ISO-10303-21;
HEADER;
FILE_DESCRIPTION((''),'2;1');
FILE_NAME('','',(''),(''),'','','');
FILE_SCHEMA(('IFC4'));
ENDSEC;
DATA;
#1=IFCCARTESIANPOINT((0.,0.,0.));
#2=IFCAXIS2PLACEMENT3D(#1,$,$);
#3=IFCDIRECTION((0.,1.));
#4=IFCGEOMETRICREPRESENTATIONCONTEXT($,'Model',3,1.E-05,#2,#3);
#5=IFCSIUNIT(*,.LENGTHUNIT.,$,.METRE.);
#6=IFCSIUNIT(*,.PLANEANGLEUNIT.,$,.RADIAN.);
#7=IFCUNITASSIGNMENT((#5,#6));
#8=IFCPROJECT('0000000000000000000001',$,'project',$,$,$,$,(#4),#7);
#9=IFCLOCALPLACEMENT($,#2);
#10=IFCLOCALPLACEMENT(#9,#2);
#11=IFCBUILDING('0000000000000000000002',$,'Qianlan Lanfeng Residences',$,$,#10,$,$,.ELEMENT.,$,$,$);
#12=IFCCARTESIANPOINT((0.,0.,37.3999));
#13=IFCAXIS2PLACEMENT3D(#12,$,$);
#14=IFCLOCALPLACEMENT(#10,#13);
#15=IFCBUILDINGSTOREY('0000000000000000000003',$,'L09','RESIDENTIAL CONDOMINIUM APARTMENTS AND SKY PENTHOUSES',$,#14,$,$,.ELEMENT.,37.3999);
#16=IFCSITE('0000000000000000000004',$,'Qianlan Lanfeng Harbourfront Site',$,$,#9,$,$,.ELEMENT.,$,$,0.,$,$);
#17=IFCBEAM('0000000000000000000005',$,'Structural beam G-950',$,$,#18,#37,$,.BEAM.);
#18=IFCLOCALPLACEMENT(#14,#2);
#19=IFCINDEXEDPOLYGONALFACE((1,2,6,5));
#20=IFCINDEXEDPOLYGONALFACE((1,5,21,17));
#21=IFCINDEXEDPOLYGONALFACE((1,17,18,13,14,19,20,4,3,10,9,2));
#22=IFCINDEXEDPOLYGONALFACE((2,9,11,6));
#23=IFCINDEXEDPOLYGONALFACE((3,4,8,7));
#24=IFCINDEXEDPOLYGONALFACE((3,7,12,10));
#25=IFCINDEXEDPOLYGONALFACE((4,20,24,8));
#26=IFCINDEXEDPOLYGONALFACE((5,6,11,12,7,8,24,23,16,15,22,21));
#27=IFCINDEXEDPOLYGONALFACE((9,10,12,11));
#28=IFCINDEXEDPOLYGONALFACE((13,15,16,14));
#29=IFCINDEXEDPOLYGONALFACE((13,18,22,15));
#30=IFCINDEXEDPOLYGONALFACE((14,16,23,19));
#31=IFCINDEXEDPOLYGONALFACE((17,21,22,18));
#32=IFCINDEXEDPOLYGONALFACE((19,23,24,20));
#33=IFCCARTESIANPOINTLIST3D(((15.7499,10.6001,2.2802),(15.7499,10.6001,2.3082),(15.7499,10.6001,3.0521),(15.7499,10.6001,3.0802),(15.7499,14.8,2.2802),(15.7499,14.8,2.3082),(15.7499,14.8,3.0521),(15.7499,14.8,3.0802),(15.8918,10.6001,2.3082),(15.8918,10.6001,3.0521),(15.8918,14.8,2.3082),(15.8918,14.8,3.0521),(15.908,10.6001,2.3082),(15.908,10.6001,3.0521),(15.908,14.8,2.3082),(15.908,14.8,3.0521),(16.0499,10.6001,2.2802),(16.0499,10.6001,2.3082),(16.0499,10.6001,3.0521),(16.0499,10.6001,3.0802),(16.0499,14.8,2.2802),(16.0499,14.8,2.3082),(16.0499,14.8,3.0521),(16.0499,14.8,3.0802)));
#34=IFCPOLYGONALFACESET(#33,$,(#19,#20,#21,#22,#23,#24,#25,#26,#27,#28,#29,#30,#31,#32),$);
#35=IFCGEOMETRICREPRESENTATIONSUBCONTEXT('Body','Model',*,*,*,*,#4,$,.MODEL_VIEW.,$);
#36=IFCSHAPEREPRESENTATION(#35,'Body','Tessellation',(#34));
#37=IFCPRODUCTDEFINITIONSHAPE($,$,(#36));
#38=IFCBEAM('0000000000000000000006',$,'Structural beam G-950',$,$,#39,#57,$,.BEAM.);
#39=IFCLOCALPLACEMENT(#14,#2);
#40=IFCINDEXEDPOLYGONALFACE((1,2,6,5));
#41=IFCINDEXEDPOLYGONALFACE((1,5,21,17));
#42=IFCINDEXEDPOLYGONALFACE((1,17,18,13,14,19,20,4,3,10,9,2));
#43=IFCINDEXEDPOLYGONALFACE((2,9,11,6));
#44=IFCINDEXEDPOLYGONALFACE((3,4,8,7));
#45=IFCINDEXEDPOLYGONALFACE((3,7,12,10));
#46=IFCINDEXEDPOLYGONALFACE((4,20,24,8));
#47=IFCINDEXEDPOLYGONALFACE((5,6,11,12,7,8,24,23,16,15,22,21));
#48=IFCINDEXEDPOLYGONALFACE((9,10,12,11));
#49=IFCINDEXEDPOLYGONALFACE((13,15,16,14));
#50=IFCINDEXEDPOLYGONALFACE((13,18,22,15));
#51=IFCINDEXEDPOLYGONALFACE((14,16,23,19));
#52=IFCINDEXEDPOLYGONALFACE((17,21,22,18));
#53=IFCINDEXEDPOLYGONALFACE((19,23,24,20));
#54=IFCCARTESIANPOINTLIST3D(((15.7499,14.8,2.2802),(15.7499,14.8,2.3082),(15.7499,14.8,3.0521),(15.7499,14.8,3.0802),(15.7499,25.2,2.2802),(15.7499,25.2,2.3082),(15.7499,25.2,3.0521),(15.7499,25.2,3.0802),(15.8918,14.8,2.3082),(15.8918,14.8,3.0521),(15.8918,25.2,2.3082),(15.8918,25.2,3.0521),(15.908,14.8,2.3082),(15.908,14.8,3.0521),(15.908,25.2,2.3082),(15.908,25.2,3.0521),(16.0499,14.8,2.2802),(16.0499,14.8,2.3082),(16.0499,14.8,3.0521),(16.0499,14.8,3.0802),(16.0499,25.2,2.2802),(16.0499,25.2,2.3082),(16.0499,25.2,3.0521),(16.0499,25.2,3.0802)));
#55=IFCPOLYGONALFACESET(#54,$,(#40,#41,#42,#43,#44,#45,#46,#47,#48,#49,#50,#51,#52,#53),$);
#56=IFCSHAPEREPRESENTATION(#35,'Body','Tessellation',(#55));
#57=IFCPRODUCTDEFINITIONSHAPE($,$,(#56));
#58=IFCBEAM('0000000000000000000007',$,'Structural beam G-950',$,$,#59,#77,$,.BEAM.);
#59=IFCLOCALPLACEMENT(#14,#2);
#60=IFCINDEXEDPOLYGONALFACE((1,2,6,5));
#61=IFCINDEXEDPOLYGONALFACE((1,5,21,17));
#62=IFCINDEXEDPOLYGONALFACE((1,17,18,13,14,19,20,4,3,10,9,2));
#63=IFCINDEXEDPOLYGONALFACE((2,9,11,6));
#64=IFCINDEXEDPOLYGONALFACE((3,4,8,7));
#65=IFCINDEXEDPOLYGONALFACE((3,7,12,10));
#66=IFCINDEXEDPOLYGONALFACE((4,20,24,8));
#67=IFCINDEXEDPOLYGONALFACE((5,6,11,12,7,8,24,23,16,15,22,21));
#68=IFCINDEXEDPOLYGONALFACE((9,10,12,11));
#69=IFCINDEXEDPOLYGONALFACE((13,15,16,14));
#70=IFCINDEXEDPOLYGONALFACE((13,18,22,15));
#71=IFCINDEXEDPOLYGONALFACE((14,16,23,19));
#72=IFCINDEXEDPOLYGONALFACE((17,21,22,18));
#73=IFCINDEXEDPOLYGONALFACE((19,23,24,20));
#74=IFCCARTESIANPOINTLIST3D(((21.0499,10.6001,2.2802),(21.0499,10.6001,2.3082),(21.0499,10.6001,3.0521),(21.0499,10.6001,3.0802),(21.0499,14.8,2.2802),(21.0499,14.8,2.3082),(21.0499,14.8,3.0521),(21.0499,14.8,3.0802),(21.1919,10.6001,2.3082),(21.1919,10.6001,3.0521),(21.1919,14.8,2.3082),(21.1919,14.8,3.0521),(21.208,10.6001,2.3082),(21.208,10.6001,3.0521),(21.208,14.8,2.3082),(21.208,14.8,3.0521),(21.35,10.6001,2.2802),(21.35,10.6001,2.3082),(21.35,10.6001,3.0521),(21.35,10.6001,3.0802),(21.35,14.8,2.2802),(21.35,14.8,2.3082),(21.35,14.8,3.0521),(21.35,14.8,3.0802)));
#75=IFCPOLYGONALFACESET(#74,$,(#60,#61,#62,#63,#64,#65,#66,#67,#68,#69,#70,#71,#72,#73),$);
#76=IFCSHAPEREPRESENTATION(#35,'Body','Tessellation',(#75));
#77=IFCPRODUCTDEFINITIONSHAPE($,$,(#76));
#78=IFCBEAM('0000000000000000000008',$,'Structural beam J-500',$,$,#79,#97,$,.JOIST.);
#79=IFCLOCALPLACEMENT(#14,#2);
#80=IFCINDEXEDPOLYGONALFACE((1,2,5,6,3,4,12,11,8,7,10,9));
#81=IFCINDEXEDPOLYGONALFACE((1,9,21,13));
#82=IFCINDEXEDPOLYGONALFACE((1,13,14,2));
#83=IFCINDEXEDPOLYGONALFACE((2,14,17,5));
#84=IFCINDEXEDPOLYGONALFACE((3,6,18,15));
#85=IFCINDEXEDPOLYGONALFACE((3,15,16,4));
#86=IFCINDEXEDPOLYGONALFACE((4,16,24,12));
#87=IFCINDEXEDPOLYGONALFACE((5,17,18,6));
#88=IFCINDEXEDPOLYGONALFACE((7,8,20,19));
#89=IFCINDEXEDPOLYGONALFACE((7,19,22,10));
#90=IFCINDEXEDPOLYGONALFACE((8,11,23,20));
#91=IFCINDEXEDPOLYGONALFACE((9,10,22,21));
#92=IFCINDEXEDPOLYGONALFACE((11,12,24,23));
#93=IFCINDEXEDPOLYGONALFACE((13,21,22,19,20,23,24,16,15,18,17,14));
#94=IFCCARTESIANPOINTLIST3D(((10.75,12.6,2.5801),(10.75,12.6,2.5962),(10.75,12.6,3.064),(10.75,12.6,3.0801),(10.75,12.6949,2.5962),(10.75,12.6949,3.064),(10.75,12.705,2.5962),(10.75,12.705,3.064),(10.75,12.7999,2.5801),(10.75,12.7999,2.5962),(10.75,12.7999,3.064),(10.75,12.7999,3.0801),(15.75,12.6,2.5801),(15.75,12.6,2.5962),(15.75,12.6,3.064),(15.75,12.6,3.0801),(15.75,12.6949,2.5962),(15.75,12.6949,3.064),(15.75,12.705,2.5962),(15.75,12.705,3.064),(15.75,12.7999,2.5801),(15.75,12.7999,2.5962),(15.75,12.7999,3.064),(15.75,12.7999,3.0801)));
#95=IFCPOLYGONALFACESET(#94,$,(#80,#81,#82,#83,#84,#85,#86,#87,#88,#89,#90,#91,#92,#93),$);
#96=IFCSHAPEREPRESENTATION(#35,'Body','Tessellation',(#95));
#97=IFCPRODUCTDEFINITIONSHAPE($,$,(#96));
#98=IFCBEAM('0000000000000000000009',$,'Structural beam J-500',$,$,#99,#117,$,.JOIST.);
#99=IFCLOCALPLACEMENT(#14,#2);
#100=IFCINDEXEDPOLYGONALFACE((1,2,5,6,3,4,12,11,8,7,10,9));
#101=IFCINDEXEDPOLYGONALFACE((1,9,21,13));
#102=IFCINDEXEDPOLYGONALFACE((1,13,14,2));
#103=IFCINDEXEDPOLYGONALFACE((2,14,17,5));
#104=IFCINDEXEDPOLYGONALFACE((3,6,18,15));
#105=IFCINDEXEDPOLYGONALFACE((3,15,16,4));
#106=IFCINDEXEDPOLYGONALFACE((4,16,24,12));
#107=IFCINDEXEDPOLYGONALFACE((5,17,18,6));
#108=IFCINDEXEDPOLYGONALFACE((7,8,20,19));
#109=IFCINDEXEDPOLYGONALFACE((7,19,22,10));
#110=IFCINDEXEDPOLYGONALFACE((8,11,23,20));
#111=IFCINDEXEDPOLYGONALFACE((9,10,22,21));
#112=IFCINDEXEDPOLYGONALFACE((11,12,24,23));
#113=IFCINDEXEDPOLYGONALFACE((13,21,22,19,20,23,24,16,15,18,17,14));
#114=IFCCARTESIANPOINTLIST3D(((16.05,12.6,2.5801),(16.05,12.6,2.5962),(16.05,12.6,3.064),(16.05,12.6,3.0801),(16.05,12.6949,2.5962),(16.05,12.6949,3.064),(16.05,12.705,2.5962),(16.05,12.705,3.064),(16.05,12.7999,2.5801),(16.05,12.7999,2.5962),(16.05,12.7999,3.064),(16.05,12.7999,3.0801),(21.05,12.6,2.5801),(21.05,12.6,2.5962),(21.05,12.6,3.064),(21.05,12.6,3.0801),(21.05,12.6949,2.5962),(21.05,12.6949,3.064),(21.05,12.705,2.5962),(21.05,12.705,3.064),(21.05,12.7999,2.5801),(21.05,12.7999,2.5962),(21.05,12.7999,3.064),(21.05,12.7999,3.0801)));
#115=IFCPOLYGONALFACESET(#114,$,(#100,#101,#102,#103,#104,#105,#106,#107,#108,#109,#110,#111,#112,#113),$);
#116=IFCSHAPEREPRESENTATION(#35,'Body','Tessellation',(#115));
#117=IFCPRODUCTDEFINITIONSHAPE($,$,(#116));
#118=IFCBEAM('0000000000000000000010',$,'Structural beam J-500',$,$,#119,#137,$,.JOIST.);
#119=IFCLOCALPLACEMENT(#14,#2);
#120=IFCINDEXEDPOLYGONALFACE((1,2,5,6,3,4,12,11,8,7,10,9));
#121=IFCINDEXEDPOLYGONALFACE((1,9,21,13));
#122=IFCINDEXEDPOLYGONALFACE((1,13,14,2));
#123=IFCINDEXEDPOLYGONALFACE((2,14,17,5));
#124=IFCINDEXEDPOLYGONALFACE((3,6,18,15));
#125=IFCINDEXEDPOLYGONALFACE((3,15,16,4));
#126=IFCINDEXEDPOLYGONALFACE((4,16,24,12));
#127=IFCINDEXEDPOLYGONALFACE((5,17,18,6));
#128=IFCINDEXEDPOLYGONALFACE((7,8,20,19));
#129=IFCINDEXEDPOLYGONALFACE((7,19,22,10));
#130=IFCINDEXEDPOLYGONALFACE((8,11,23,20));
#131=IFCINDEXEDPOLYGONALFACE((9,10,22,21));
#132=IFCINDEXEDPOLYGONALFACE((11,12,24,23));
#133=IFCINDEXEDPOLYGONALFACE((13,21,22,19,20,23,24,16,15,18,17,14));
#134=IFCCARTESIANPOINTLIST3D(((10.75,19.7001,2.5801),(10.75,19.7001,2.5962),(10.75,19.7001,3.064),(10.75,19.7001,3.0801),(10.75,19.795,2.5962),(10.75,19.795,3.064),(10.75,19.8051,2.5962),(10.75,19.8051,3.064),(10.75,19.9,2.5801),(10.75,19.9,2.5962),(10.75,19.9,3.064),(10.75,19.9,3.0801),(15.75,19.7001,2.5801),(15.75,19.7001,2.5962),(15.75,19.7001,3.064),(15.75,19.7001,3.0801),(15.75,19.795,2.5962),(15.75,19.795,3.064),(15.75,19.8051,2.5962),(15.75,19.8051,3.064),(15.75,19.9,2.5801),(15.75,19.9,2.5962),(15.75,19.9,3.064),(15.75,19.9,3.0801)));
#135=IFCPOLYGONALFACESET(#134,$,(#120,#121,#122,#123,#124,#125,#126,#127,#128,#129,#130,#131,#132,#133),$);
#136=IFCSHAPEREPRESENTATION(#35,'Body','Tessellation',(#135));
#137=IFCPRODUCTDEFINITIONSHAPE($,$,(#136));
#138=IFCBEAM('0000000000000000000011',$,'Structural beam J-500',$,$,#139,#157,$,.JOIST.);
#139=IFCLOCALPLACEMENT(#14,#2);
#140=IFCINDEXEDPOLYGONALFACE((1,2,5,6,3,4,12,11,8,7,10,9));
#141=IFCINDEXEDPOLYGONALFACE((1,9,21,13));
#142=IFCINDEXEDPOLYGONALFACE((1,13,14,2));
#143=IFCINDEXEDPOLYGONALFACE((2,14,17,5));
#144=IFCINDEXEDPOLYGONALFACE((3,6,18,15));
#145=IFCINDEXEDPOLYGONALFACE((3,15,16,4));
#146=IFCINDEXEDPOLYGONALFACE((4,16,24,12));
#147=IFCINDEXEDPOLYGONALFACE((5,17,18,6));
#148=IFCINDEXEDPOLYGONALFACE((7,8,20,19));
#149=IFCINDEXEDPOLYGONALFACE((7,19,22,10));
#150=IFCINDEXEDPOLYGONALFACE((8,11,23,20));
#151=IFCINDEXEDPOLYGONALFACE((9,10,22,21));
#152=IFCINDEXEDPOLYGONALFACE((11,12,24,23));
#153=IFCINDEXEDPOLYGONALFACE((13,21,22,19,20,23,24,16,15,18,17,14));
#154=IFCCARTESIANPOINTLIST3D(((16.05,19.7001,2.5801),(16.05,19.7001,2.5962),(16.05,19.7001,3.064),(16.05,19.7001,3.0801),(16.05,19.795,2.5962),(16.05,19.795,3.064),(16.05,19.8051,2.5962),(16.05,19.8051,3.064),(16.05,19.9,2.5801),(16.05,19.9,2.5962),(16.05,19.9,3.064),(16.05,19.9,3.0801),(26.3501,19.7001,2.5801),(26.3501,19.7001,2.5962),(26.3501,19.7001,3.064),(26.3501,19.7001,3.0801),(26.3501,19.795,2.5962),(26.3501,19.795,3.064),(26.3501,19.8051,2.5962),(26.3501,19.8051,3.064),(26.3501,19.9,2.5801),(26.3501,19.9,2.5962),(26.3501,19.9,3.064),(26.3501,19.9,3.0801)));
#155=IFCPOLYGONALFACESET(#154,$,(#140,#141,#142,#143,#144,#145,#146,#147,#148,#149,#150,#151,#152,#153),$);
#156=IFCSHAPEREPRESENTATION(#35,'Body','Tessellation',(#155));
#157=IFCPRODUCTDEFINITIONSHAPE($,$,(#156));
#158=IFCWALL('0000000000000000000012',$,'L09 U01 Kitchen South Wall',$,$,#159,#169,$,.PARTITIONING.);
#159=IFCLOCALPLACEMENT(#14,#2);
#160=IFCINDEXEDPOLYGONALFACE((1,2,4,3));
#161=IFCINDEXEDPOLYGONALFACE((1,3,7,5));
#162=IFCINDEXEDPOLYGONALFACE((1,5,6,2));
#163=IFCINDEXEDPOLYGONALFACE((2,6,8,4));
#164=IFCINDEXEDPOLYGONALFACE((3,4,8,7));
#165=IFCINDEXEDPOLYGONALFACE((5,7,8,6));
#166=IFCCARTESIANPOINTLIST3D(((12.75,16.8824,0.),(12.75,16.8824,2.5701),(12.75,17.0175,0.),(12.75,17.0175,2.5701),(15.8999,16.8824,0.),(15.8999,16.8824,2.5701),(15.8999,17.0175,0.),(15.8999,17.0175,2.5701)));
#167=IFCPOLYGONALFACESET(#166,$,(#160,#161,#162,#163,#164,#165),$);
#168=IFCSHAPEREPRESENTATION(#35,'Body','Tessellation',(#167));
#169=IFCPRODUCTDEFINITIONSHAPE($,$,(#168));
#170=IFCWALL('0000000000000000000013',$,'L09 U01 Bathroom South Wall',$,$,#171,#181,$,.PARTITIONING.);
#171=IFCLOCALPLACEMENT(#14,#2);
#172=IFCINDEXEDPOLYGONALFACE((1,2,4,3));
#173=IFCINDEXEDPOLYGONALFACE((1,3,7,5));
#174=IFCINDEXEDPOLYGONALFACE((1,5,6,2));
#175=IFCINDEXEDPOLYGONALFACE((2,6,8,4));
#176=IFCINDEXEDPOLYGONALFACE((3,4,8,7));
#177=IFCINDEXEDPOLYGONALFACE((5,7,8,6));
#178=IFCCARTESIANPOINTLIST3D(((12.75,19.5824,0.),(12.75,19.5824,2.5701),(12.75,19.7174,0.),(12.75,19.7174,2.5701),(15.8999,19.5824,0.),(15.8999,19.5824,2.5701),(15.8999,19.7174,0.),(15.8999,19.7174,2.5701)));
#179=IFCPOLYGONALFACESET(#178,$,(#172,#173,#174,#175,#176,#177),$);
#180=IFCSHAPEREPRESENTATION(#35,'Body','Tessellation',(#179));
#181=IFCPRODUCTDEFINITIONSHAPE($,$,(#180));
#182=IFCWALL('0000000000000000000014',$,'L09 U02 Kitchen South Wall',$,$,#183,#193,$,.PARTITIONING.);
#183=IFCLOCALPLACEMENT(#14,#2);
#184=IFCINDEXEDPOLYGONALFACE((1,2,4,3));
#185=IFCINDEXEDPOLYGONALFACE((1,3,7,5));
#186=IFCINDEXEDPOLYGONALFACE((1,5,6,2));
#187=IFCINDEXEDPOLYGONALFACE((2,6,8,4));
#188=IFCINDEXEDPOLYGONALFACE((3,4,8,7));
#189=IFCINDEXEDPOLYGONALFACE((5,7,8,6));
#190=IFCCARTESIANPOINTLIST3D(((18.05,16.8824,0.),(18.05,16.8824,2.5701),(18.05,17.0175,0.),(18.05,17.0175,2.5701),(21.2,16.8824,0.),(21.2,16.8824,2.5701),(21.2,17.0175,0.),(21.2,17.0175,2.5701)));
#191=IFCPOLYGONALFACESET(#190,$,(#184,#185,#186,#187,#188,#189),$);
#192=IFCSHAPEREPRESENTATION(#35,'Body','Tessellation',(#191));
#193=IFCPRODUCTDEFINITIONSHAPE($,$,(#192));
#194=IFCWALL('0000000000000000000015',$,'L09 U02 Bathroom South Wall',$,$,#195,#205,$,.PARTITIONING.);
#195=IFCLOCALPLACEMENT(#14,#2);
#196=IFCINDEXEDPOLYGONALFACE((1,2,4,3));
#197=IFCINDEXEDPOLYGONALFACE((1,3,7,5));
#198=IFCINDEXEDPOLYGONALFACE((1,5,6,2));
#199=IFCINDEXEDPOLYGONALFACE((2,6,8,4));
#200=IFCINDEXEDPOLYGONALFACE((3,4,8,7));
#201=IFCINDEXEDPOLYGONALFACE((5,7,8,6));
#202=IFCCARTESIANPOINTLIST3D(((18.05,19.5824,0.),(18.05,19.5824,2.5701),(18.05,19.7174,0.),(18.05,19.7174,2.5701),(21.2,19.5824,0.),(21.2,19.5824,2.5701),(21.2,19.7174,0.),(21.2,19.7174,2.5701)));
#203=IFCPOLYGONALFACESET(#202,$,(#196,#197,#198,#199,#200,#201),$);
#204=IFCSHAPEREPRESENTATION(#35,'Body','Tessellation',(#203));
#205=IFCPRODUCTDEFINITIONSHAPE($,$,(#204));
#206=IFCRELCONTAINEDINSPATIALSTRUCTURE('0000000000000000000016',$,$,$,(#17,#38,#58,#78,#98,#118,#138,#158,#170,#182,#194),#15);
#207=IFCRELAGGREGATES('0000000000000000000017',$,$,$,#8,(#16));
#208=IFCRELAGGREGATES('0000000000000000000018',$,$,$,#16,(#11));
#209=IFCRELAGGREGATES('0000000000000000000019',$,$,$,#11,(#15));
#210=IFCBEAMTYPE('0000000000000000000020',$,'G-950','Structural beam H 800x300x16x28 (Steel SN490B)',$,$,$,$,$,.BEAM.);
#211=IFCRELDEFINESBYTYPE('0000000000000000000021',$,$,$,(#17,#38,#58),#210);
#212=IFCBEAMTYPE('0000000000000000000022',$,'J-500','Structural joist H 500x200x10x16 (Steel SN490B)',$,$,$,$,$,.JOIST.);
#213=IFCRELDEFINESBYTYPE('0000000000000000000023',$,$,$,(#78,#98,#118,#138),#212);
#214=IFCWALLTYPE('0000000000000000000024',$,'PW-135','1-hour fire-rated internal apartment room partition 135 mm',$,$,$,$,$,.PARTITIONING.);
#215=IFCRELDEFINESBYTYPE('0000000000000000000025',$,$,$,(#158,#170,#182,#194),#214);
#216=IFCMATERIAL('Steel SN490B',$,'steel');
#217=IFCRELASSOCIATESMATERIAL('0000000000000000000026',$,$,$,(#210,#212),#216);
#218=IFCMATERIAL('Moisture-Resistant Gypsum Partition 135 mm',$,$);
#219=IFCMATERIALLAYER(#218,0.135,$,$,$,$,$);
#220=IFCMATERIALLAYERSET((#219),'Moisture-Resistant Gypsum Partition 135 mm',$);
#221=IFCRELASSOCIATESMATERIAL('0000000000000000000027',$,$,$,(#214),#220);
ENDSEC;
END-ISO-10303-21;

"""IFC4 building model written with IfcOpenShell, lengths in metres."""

from ifc_helpers import new_model, si_unit, direction, frame, frame_2d, origin, origin_2d, place, context, subcontext, project, spatial, rectangle, i_section, extrude, material, layer, layer_set, material_profile, profile_set, type_object, element, save


model = new_model("IFC4")

# Units and contexts
model_context = context("Model", 3, precision=1e-05, world=origin(), true_north=direction((0.0, 1.0)))
body_context = subcontext(model_context, "Body", "Model", "MODEL_VIEW")
ifc_project = project(units=[si_unit("LENGTHUNIT", "METRE"), si_unit("PLANEANGLEUNIT", "RADIAN")], contexts=[model_context])

# Site, building, storey
site_placement = place(None, origin())
site = spatial("IfcSite", under=ifc_project, at=site_placement, Name="Qianlan Lanfeng Harbourfront Site", CompositionType="ELEMENT", RefElevation=0.0)
building_placement = place(site_placement, origin())
building = spatial("IfcBuilding", under=site, at=building_placement, Name="Qianlan Lanfeng Residences", CompositionType="ELEMENT")
storey_placement = place(building_placement, frame((0.0, 0.0, 37.3999)))
storey = spatial("IfcBuildingStorey", under=building, at=storey_placement, Name="L09", Description="RESIDENTIAL CONDOMINIUM APARTMENTS AND SKY PENTHOUSES", CompositionType="ELEMENT", Elevation=37.3999)

# Beams
ifc_material_1 = material(Name="Steel SN490B", Category="steel")
ifc_material_profile_1 = material_profile(ifc_material_1, i_section(OverallWidth=0.3, OverallDepth=0.8, WebThickness=0.0161, FlangeThickness=0.0281, at=origin_2d()), Name="H 800x300x16x28")
ifc_profile_set_1 = profile_set([ifc_material_profile_1], Name="Steel SN490B")
beam_type_1 = type_object("IfcBeamType", Name="G-950", Description="Structural beam H 800x300x16x28 (Steel SN490B)", PredefinedType="BEAM", material=ifc_profile_set_1)
beam_1_placement = place(storey_placement, frame((15.8999, 10.6001, 2.6802), z_axis=(0.0, 1.0, 0.0), x_axis=(-1.0, 0.0, 0.0)))
element("IfcBeam", 1, at=beam_1_placement, inside=storey, type_object=beam_type_1, Name="Structural beam G-950", PredefinedType="BEAM", context=body_context, shape_type="SweptSolid", body=[
    extrude(i_section(OverallWidth=0.3, OverallDepth=0.8, WebThickness=0.0161, FlangeThickness=0.0281, at=origin_2d()), origin(), (0.0, 0.0, 1.0), 4.2),
])
beam_2_placement = place(storey_placement, frame((15.8999, 14.8, 2.6802), z_axis=(0.0, 1.0, 0.0), x_axis=(-1.0, 0.0, 0.0)))
element("IfcBeam", 2, at=beam_2_placement, inside=storey, type_object=beam_type_1, Name="Structural beam G-950", PredefinedType="BEAM", context=body_context, shape_type="SweptSolid", body=[
    extrude(i_section(OverallWidth=0.3, OverallDepth=0.8, WebThickness=0.0161, FlangeThickness=0.0281, at=origin_2d()), origin(), (0.0, 0.0, 1.0), 10.3999),
])
beam_3_placement = place(storey_placement, frame((21.2, 10.6001, 2.6802), z_axis=(0.0, 1.0, 0.0), x_axis=(-1.0, 0.0, 0.0)))
element("IfcBeam", 3, at=beam_3_placement, inside=storey, type_object=beam_type_1, Name="Structural beam G-950", PredefinedType="BEAM", context=body_context, shape_type="SweptSolid", body=[
    extrude(i_section(OverallWidth=0.3, OverallDepth=0.8, WebThickness=0.0161, FlangeThickness=0.0281, at=origin_2d()), origin(), (0.0, 0.0, 1.0), 4.2),
])
ifc_material_profile_2 = material_profile(ifc_material_1, i_section(OverallWidth=0.2, OverallDepth=0.5, WebThickness=0.01, FlangeThickness=0.0161, at=origin_2d()), Name="H 500x200x10x16")
ifc_profile_set_2 = profile_set([ifc_material_profile_2], Name="Steel SN490B")
beam_type_2 = type_object("IfcBeamType", Name="J-500", Description="Structural joist H 500x200x10x16 (Steel SN490B)", PredefinedType="JOIST", material=ifc_profile_set_2)
for number, where, z_axis, x_axis, name in (
    (4, (10.75, 12.7, 2.8301), (1.0, 0.0, 0.0), (0.0, 1.0, 0.0), "Structural beam J-500"),
    (5, (16.05, 12.7, 2.8301), (1.0, 0.0, 0.0), (0.0, 1.0, 0.0), "Structural beam J-500"),
    (6, (10.75, 19.8, 2.8301), (1.0, 0.0, 0.0), (0.0, 1.0, 0.0), "Structural beam J-500"),
):
    element("IfcBeam", number, at=place(storey_placement, frame(where, z_axis=z_axis, x_axis=x_axis)), inside=storey, type_object=beam_type_2, Name=name, PredefinedType="JOIST", context=body_context, shape_type="SweptSolid", body=[
        extrude(i_section(OverallWidth=0.2, OverallDepth=0.5, WebThickness=0.01, FlangeThickness=0.0161, at=origin_2d()), origin(), (0.0, 0.0, 1.0), 5.0),
    ])
beam_4_placement = place(storey_placement, frame((16.05, 19.8, 2.8301), z_axis=(1.0, 0.0, 0.0), x_axis=(0.0, 1.0, 0.0)))
element("IfcBeam", 7, at=beam_4_placement, inside=storey, type_object=beam_type_2, Name="Structural beam J-500", PredefinedType="JOIST", context=body_context, shape_type="SweptSolid", body=[
    extrude(i_section(OverallWidth=0.2, OverallDepth=0.5, WebThickness=0.01, FlangeThickness=0.0161, at=origin_2d()), origin(), (0.0, 0.0, 1.0), 10.3),
])

# Walls
ifc_material_2 = material(Name="Moisture-Resistant Gypsum Partition 135 mm")
ifc_layer = layer(ifc_material_2, 0.135)
ifc_layer_set = layer_set([ifc_layer], Name="Moisture-Resistant Gypsum Partition 135 mm")
wall_type = type_object("IfcWallType", Name="PW-135", Description="1-hour fire-rated internal apartment room partition 135 mm", PredefinedType="PARTITIONING", material=ifc_layer_set)
for number, where, z_axis, x_axis, name in (
    (8, (12.75, 16.95, 0.0), (0.0, 0.0, 1.0), (1.0, 0.0, 0.0), "L09 U01 Kitchen South Wall"),
    (9, (12.75, 19.6499, 0.0), (0.0, 0.0, 1.0), (1.0, 0.0, 0.0), "L09 U01 Bathroom South Wall"),
    (10, (18.05, 16.95, 0.0), (0.0, 0.0, 1.0), (1.0, 0.0, 0.0), "L09 U02 Kitchen South Wall"),
    (11, (18.05, 19.6499, 0.0), (0.0, 0.0, 1.0), (1.0, 0.0, 0.0), "L09 U02 Bathroom South Wall"),
):
    element("IfcWall", number, at=place(storey_placement, frame(where, z_axis=z_axis, x_axis=x_axis)), inside=storey, type_object=wall_type, Name=name, PredefinedType="PARTITIONING", context=body_context, shape_type="SweptSolid", body=[
        extrude(rectangle(XDim=3.1499, YDim=0.135, at=frame_2d((1.575, 0.0))), origin(), (0.0, 0.0, 1.0), 2.5701),
    ])

save(model, "model.ifc")
